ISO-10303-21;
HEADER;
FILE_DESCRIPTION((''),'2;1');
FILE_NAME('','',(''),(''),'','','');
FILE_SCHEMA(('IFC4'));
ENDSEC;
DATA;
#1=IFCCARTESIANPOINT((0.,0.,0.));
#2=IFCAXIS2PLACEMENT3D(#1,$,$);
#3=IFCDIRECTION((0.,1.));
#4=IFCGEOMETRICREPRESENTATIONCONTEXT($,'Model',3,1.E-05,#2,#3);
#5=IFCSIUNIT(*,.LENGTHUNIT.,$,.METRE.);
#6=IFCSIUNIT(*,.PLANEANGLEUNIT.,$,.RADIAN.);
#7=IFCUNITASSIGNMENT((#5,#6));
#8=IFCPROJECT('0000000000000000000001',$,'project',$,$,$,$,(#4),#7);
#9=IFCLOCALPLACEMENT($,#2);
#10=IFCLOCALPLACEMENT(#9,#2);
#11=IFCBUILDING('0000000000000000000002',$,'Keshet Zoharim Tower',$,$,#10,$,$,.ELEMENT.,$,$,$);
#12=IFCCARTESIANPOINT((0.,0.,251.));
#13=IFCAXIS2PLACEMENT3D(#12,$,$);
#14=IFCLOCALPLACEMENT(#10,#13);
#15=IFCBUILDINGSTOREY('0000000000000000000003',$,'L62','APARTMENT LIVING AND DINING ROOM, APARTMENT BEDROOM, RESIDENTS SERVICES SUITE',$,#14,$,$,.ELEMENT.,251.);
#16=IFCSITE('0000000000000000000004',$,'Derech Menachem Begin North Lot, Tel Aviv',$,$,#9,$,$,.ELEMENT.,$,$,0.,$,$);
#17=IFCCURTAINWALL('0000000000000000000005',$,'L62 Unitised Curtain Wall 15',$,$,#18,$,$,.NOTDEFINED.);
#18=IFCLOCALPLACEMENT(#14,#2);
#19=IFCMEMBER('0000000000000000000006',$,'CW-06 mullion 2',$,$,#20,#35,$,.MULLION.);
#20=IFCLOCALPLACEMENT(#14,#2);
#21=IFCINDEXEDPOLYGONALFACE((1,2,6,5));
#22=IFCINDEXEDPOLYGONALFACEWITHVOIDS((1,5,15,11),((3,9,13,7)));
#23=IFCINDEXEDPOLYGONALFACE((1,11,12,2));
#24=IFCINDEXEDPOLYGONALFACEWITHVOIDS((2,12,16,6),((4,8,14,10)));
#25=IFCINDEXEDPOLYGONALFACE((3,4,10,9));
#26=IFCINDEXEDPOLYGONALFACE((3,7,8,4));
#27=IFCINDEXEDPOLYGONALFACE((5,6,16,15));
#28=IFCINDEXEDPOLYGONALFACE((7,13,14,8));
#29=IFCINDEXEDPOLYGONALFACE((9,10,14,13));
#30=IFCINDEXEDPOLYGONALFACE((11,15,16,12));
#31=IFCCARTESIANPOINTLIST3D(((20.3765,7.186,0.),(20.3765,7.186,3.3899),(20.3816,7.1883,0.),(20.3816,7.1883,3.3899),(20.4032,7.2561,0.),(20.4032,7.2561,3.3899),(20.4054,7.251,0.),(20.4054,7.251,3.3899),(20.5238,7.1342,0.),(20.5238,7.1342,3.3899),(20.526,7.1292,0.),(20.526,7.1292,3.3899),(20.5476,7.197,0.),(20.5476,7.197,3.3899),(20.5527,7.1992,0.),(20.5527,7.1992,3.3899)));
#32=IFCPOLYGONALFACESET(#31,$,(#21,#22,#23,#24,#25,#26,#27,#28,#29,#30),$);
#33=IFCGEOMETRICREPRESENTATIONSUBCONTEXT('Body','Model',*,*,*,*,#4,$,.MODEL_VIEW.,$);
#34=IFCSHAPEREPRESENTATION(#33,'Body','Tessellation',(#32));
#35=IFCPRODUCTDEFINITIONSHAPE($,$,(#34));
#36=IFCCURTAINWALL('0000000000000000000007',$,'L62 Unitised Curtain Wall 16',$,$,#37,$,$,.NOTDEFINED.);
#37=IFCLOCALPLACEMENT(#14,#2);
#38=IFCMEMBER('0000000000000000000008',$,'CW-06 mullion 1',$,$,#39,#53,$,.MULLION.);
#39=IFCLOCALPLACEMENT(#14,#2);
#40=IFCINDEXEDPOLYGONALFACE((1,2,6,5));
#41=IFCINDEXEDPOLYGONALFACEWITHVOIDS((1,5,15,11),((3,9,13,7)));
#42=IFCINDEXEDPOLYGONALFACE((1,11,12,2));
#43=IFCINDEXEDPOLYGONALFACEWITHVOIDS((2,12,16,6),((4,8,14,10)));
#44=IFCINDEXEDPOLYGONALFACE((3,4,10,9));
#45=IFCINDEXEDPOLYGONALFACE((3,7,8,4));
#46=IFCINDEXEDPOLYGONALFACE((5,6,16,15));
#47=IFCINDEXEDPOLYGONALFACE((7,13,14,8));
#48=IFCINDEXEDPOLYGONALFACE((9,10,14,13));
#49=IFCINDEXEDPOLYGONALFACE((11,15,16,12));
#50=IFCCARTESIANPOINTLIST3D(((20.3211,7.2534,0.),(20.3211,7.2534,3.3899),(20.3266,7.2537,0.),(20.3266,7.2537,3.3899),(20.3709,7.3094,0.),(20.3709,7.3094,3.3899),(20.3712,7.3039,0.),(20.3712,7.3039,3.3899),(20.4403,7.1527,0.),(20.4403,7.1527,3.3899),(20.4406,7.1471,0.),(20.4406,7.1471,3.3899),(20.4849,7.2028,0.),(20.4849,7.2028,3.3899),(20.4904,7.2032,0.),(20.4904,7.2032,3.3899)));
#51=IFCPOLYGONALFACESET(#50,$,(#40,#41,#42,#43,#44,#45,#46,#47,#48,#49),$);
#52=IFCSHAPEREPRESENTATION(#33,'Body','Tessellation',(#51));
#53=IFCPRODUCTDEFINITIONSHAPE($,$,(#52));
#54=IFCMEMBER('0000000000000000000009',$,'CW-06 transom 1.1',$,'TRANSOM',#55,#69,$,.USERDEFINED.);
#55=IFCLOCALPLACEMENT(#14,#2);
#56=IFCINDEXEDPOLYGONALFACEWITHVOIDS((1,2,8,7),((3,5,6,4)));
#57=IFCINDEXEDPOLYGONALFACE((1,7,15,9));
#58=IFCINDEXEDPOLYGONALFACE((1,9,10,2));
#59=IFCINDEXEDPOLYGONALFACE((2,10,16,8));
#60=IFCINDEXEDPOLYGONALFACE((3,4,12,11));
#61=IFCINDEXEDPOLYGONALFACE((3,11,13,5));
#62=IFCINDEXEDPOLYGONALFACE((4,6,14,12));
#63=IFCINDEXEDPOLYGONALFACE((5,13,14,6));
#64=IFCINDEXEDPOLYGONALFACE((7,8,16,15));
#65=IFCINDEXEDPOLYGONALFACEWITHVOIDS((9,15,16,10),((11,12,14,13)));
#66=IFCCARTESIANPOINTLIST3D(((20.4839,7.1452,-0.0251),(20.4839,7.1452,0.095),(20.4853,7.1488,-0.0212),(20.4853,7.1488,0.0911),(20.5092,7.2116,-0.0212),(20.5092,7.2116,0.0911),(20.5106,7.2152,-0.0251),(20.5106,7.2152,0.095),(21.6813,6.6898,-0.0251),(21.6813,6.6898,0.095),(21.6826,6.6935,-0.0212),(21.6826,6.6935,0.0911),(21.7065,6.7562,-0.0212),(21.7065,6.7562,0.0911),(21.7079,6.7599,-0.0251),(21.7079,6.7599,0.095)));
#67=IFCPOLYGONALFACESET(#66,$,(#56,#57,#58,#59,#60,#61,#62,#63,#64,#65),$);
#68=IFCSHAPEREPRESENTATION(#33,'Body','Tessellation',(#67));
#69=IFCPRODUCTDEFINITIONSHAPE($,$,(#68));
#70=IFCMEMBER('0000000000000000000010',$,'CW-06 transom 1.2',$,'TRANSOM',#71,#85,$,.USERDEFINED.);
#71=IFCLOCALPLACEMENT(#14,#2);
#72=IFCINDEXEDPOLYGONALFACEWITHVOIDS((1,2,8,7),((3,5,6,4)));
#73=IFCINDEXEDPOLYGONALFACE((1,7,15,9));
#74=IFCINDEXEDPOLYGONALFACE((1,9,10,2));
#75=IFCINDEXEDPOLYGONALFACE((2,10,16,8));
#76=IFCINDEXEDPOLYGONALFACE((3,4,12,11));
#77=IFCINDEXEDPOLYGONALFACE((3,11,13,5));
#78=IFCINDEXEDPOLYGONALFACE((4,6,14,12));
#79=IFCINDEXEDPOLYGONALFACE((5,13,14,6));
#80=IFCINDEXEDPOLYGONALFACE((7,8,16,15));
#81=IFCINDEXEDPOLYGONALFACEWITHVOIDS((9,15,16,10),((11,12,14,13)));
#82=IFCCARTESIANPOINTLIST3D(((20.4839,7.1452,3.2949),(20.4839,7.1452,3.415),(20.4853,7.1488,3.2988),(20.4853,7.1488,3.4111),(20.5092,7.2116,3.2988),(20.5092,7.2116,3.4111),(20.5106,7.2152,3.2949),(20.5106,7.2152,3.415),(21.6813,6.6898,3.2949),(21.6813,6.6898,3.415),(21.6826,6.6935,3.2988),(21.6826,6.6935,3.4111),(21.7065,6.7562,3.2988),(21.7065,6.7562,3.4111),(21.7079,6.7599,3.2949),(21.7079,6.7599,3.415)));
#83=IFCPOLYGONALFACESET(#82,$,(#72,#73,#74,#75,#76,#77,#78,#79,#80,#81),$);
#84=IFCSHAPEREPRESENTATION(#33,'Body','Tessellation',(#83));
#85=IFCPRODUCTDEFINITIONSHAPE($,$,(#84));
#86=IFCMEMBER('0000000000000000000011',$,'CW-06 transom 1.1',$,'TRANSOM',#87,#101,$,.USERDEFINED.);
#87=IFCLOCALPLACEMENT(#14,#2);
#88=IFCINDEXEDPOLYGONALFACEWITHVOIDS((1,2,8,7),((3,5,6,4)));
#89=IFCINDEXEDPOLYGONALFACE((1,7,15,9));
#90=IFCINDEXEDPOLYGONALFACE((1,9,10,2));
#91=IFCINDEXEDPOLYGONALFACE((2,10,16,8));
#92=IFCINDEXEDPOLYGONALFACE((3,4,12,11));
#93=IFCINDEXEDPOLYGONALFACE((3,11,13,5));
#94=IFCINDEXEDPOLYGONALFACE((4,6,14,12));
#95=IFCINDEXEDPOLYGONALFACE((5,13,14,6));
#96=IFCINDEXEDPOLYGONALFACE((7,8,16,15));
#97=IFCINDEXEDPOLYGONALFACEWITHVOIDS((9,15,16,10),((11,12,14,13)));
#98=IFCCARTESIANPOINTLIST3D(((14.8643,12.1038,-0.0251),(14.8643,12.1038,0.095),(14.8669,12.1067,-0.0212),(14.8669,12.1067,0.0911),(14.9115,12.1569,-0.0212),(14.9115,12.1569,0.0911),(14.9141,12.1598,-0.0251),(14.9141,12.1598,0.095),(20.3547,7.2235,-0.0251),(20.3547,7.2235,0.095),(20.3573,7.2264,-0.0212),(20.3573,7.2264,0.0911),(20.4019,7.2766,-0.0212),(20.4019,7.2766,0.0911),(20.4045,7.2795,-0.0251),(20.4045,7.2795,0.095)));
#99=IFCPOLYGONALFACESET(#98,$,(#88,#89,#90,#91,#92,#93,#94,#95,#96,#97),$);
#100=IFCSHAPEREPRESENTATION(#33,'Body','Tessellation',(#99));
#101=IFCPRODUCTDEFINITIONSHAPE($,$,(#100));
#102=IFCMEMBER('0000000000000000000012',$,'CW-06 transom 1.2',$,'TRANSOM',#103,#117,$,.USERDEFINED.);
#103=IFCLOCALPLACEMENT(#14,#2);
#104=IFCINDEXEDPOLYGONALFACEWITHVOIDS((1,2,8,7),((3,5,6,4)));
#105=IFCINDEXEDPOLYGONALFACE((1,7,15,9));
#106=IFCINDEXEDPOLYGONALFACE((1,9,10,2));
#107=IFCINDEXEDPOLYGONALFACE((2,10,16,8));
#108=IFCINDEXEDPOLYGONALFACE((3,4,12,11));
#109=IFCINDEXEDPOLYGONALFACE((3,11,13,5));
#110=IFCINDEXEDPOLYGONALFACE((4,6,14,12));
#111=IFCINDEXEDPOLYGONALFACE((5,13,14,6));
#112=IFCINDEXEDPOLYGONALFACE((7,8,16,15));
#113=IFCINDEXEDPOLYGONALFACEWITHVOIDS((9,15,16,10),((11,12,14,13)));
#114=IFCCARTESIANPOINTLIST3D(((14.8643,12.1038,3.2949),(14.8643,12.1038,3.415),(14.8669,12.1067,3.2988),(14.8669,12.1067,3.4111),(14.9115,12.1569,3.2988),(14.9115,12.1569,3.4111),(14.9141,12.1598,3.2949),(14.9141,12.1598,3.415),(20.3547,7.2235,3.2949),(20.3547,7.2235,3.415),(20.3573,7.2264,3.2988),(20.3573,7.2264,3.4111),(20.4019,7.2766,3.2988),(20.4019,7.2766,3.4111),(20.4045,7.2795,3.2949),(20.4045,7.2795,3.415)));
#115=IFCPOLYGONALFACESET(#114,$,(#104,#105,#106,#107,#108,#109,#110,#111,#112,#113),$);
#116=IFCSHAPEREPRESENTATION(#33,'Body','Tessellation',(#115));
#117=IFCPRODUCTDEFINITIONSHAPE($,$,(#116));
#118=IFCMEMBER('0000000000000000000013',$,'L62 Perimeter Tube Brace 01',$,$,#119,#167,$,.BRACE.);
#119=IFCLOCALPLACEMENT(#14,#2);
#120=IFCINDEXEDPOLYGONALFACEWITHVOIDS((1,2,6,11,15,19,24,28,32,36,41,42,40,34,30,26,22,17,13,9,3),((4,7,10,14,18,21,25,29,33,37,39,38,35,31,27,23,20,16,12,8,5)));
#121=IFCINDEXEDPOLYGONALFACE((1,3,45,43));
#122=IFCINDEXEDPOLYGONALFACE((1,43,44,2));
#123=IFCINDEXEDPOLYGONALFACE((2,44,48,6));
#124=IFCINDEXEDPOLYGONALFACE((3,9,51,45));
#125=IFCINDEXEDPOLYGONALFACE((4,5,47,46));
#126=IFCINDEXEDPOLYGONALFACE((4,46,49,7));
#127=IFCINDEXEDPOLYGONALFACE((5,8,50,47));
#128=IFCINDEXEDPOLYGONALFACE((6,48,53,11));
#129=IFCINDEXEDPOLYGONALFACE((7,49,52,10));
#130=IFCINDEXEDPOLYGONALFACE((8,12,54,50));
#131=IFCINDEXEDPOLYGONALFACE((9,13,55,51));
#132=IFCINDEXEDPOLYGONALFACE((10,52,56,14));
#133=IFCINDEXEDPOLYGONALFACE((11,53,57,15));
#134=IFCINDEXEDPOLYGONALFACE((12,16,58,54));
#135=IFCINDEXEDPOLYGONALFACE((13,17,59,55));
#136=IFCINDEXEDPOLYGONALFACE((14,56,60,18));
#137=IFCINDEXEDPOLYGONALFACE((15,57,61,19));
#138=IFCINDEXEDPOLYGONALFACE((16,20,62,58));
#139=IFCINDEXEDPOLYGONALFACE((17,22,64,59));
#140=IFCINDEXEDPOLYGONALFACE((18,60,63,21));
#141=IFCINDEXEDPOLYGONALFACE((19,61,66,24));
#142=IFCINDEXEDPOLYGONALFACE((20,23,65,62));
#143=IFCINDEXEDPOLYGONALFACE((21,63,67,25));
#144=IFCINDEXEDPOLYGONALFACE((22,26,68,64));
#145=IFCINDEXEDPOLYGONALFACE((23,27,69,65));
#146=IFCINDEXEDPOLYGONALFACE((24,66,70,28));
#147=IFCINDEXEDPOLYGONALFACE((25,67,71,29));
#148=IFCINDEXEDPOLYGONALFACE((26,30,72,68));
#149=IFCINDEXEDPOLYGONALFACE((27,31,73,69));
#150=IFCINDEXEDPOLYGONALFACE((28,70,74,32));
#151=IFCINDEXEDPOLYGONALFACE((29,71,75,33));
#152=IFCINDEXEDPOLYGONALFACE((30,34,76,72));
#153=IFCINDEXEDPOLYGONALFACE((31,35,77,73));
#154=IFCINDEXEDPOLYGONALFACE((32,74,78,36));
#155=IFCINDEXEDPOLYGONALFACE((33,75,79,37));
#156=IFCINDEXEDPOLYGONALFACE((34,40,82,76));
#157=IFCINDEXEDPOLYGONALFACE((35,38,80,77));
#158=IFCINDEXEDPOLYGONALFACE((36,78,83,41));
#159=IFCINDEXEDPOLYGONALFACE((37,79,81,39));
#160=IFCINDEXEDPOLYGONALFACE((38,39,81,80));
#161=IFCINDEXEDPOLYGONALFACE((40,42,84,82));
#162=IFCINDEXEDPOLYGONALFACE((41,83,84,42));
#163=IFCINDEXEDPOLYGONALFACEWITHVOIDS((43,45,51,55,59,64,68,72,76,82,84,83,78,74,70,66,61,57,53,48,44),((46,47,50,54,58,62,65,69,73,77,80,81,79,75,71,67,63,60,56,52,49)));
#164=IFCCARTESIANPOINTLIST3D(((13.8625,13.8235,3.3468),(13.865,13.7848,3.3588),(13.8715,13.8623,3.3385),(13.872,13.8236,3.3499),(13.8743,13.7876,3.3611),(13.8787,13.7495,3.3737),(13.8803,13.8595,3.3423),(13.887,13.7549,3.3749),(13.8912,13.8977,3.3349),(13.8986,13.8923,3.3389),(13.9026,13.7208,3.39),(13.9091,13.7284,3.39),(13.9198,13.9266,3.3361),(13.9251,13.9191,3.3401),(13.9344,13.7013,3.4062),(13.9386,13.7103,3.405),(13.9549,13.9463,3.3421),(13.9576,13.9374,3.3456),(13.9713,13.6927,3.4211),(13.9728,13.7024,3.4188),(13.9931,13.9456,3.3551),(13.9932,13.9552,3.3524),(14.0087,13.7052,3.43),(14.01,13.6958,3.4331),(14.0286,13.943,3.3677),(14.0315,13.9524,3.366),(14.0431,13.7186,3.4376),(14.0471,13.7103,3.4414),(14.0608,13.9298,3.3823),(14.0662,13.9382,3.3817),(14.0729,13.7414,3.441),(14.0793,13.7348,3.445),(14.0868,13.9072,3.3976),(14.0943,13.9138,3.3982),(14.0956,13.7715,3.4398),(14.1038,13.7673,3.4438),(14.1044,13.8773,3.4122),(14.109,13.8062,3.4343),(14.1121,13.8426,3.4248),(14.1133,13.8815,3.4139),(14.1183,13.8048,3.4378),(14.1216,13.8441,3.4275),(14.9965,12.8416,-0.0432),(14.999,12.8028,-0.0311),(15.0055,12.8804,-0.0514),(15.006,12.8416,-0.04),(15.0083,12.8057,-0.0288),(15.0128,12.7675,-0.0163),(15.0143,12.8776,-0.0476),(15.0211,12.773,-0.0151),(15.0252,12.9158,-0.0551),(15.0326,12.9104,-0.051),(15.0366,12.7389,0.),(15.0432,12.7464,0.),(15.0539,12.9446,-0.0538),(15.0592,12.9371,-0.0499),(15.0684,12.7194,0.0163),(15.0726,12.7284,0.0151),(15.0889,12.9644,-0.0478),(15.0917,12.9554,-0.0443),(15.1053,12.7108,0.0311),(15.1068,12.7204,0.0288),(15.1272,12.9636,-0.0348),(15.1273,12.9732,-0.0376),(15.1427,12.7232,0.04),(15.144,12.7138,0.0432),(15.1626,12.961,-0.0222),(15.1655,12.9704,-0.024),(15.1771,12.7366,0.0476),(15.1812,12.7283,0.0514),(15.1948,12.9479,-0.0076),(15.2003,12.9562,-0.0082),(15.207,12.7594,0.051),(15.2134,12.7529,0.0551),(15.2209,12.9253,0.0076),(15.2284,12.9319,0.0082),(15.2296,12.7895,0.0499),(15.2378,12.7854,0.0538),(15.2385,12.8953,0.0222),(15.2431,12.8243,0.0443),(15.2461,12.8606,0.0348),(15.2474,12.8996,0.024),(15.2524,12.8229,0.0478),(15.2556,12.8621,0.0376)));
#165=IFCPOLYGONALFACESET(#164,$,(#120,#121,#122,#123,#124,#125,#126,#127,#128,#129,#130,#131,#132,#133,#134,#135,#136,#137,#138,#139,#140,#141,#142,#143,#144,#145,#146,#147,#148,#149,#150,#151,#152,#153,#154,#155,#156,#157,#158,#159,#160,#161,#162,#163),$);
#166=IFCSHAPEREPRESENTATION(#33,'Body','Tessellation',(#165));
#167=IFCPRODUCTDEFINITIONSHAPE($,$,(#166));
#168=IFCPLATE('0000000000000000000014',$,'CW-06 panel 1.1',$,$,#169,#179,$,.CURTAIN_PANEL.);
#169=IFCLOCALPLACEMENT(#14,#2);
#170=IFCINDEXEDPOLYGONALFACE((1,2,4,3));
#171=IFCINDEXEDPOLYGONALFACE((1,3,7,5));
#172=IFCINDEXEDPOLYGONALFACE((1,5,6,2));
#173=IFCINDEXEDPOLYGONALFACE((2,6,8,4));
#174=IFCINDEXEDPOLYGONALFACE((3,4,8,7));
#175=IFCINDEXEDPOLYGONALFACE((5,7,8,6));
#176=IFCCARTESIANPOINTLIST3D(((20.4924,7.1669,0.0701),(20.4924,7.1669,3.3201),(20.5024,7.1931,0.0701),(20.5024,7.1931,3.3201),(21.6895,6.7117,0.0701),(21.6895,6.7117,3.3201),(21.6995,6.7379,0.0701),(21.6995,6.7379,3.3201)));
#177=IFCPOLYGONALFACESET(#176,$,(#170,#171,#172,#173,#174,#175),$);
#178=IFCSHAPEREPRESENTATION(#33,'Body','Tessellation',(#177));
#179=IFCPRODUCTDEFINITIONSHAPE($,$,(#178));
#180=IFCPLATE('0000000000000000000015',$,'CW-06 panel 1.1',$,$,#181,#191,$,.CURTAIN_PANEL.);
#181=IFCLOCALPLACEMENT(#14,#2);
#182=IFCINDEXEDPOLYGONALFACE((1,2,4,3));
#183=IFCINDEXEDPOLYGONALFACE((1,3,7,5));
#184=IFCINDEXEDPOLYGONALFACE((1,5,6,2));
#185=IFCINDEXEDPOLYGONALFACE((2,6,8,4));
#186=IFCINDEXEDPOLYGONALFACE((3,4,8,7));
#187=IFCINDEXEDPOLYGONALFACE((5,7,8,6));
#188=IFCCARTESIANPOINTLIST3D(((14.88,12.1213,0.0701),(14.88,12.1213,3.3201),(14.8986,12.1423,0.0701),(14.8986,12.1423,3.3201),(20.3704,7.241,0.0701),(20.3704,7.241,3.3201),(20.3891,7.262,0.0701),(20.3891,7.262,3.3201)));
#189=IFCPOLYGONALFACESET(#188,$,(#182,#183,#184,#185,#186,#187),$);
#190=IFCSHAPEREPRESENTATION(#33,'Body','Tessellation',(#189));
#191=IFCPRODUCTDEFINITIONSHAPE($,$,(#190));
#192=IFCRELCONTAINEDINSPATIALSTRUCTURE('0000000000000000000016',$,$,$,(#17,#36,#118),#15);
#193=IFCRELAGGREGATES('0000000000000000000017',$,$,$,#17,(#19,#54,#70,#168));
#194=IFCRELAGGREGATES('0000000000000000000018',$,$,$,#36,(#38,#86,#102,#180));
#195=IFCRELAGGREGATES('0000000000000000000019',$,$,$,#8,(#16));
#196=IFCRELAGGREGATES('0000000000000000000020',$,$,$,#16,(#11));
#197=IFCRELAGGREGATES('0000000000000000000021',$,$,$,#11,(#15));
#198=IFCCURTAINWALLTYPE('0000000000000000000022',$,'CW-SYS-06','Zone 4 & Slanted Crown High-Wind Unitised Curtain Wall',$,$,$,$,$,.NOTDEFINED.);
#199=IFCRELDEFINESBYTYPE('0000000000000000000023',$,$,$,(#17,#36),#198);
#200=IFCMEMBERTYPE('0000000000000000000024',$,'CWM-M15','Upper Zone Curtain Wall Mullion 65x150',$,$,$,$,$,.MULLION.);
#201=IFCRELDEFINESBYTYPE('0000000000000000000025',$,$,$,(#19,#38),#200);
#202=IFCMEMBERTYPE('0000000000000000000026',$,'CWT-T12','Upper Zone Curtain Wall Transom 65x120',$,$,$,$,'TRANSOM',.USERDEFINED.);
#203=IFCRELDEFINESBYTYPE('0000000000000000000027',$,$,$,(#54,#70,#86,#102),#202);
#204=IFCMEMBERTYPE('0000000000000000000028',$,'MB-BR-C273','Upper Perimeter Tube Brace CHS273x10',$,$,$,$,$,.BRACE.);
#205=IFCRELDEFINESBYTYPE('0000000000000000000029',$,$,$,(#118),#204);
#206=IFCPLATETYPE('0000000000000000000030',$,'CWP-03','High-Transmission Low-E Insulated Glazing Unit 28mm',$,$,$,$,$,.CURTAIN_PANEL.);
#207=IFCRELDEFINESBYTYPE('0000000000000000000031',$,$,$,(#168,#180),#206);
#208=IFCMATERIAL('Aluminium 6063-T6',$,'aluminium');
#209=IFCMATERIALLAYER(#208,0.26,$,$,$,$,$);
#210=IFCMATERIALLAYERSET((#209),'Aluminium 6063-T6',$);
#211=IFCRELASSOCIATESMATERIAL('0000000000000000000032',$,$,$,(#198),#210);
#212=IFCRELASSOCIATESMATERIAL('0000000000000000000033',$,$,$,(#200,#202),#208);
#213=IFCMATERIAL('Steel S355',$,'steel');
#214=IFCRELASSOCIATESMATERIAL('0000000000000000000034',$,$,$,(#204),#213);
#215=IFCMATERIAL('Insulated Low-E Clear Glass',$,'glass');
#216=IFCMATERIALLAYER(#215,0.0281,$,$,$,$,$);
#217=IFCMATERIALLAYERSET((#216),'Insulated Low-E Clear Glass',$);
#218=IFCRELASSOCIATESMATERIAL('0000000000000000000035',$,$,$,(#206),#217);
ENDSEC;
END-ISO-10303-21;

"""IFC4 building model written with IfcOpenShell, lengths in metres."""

from ifc_helpers import new_model, si_unit, direction, frame, origin, origin_2d, place, context, subcontext, project, spatial, rectangle, hollow_rectangle, hollow_circle, extrude, material, layer, layer_set, material_profile, profile_set, type_object, element, aggregate, save


model = new_model("IFC4")

# Units and contexts
model_context = context("Model", 3, precision=1e-05, world=origin(), true_north=direction((0.0, 1.0)))
body_context = subcontext(model_context, "Body", "Model", "MODEL_VIEW")
ifc_project = project(units=[si_unit("LENGTHUNIT", "METRE"), si_unit("PLANEANGLEUNIT", "RADIAN")], contexts=[model_context])

# Site, building, storey
site_placement = place(None, origin())
site = spatial("IfcSite", under=ifc_project, at=site_placement, Name="Derech Menachem Begin North Lot, Tel Aviv", CompositionType="ELEMENT", RefElevation=0.0)
building_placement = place(site_placement, origin())
building = spatial("IfcBuilding", under=site, at=building_placement, Name="Keshet Zoharim Tower", CompositionType="ELEMENT")
storey_placement = place(building_placement, frame((0.0, 0.0, 251.0)))
storey = spatial("IfcBuildingStorey", under=building, at=storey_placement, Name="L62", Description="APARTMENT LIVING AND DINING ROOM, APARTMENT BEDROOM, RESIDENTS SERVICES SUITE", CompositionType="ELEMENT", Elevation=251.0)

# Shared definitions
ifc_material_1 = material(Name="Steel S355", Category="steel")

# Shared definitions
ifc_material_2 = material(Name="Aluminium 6063-T6", Category="aluminium")
ifc_layer_1 = layer(ifc_material_2, 0.26)
ifc_layer_set_1 = layer_set([ifc_layer_1], Name="Aluminium 6063-T6")
curtain_wall_type = type_object("IfcCurtainWallType", Name="CW-SYS-06", Description="Zone 4 & Slanted Crown High-Wind Unitised Curtain Wall", PredefinedType="NOTDEFINED", material=ifc_layer_set_1)
ifc_material_profile_1 = material_profile(ifc_material_2, hollow_rectangle(XDim=0.075, YDim=0.1599, WallThickness=0.0039, at=origin_2d()), Name="MUL-75x160")
ifc_profile_set_1 = profile_set([ifc_material_profile_1], Name="Aluminium 6063-T6")
member_type_1 = type_object("IfcMemberType", Name="CWM-M15", Description="Upper Zone Curtain Wall Mullion 65x150", PredefinedType="MULLION", material=ifc_profile_set_1)

# Curtain wall, member
curtain_wall_1_placement = place(storey_placement, origin())
curtain_wall_1 = element("IfcCurtainWall", 1, at=curtain_wall_1_placement, inside=storey, type_object=curtain_wall_type, Name="L62 Unitised Curtain Wall 15", PredefinedType="NOTDEFINED")
member_1_placement = place(storey_placement, frame((20.4646, 7.1926, 0.0), z_axis=(0.0, 0.0, 1.0), x_axis=(-0.355439, -0.934699, 0.0)))
member_1 = element("IfcMember", 2, at=member_1_placement, type_object=member_type_1, Name="CW-06 mullion 2", PredefinedType="MULLION", context=body_context, shape_type="SweptSolid", body=[
    extrude(hollow_rectangle(XDim=0.075, YDim=0.1599, WallThickness=0.0039, at=origin_2d()), origin(), (0.0, 0.0, 1.0), 3.3899),
])

# Curtain wall, member
curtain_wall_2_placement = place(storey_placement, origin())
curtain_wall_2 = element("IfcCurtainWall", 3, at=curtain_wall_2_placement, inside=storey, type_object=curtain_wall_type, Name="L62 Unitised Curtain Wall 16", PredefinedType="NOTDEFINED")
member_2_placement = place(storey_placement, frame((20.4058, 7.2283, 0.0), z_axis=(0.0, 0.0, 1.0), x_axis=(-0.664362, -0.747411, 0.0)))
member_2 = element("IfcMember", 4, at=member_2_placement, type_object=member_type_1, Name="CW-06 mullion 1", PredefinedType="MULLION", context=body_context, shape_type="SweptSolid", body=[
    extrude(hollow_rectangle(XDim=0.075, YDim=0.1599, WallThickness=0.0039, at=origin_2d()), origin(), (0.0, 0.0, 1.0), 3.3899),
])

# Members
ifc_material_profile_2 = material_profile(ifc_material_2, hollow_rectangle(XDim=0.075, YDim=0.1201, WallThickness=0.0039, at=origin_2d()), Name="TRN-75x120")
ifc_profile_set_2 = profile_set([ifc_material_profile_2], Name="Aluminium 6063-T6")
member_type_2 = type_object("IfcMemberType", Name="CWT-T12", Description="Upper Zone Curtain Wall Transom 65x120", ElementType="TRANSOM", PredefinedType="USERDEFINED", material=ifc_profile_set_2)
member_3_placement = place(storey_placement, frame((21.6946, 6.7249, 0.0349), z_axis=(-0.93469, 0.355464, 0.0), x_axis=(-0.355464, -0.93469, 0.0)))
member_3 = element("IfcMember", 5, at=member_3_placement, type_object=member_type_2, Name="CW-06 transom 1.1", ObjectType="TRANSOM", PredefinedType="USERDEFINED", context=body_context, shape_type="SweptSolid", body=[
    extrude(hollow_rectangle(XDim=0.075, YDim=0.1201, WallThickness=0.0039, at=origin_2d()), origin(), (0.0, 0.0, 1.0), 1.281),
])
member_4_placement = place(storey_placement, frame((21.6946, 6.7249, 3.355), z_axis=(-0.93469, 0.355464, 0.0), x_axis=(-0.355464, -0.93469, 0.0)))
member_4 = element("IfcMember", 6, at=member_4_placement, type_object=member_type_2, Name="CW-06 transom 1.2", ObjectType="TRANSOM", PredefinedType="USERDEFINED", context=body_context, shape_type="SweptSolid", body=[
    extrude(hollow_rectangle(XDim=0.075, YDim=0.1201, WallThickness=0.0039, at=origin_2d()), origin(), (0.0, 0.0, 1.0), 1.281),
])
member_5_placement = place(storey_placement, frame((20.3796, 7.2515, 0.0349), z_axis=(-0.747413, 0.66436, 0.0), x_axis=(-0.66436, -0.747413, 0.0)))
member_5 = element("IfcMember", 7, at=member_5_placement, type_object=member_type_2, Name="CW-06 transom 1.1", ObjectType="TRANSOM", PredefinedType="USERDEFINED", context=body_context, shape_type="SweptSolid", body=[
    extrude(hollow_rectangle(XDim=0.075, YDim=0.1201, WallThickness=0.0039, at=origin_2d()), origin(), (0.0, 0.0, 1.0), 7.3459),
])
member_6_placement = place(storey_placement, frame((20.3796, 7.2515, 3.355), z_axis=(-0.747413, 0.66436, 0.0), x_axis=(-0.66436, -0.747413, 0.0)))
member_6 = element("IfcMember", 8, at=member_6_placement, type_object=member_type_2, Name="CW-06 transom 1.2", ObjectType="TRANSOM", PredefinedType="USERDEFINED", context=body_context, shape_type="SweptSolid", body=[
    extrude(hollow_rectangle(XDim=0.075, YDim=0.1201, WallThickness=0.0039, at=origin_2d()), origin(), (0.0, 0.0, 1.0), 7.3459),
])
ifc_material_profile_3 = material_profile(ifc_material_1, hollow_circle(Radius=0.1365, WallThickness=0.01, at=origin_2d()), Name="CHS273x10")
ifc_profile_set_3 = profile_set([ifc_material_profile_3], Name="Steel S355")
member_type_3 = type_object("IfcMemberType", Name="MB-BR-C273", Description="Upper Perimeter Tube Brace CHS273x10", PredefinedType="BRACE", material=ifc_profile_set_3)
member_7_placement = place(storey_placement, frame((15.126, 12.842, 0.0), z_axis=(-0.30592, 0.264889, 0.914466), x_axis=(-0.65459, -0.755984, 0.0)))
element("IfcMember", 9, at=member_7_placement, inside=storey, type_object=member_type_3, Name="L62 Perimeter Tube Brace 01", PredefinedType="BRACE", context=body_context, shape_type="SweptSolid", body=[
    extrude(hollow_circle(Radius=0.1365, WallThickness=0.01, at=origin_2d()), origin(), (0.0, 0.0, 1.0), 3.707),
])

# Plates
ifc_material_3 = material(Name="Insulated Low-E Clear Glass", Category="glass")
ifc_layer_2 = layer(ifc_material_3, 0.0281)
ifc_layer_set_2 = layer_set([ifc_layer_2], Name="Insulated Low-E Clear Glass")
plate_type = type_object("IfcPlateType", Name="CWP-03", Description="High-Transmission Low-E Insulated Glazing Unit 28mm", PredefinedType="CURTAIN_PANEL", material=ifc_layer_set_2)
plate_1_placement = place(storey_placement, frame((21.0959, 6.9524, 0.0701), z_axis=(0.0, 0.0, 1.0), x_axis=(-0.934699, 0.355439, 0.0)))
plate_1 = element("IfcPlate", 10, at=plate_1_placement, type_object=plate_type, Name="CW-06 panel 1.1", PredefinedType="CURTAIN_PANEL", context=body_context, shape_type="SweptSolid", body=[
    extrude(rectangle(XDim=1.2808, YDim=0.0281, at=origin_2d()), origin(), (0.0, 0.0, 1.0), 3.25),
])
aggregate(curtain_wall_1, [member_1, member_3, member_4, plate_1])
plate_2_placement = place(storey_placement, frame((17.6345, 9.6917, 0.0701), z_axis=(0.0, 0.0, 1.0), x_axis=(-0.747411, 0.664362, 0.0)))
plate_2 = element("IfcPlate", 11, at=plate_2_placement, type_object=plate_type, Name="CW-06 panel 1.1", PredefinedType="CURTAIN_PANEL", context=body_context, shape_type="SweptSolid", body=[
    extrude(rectangle(XDim=7.3459, YDim=0.0281, at=origin_2d()), origin(), (0.0, 0.0, 1.0), 3.25),
])
aggregate(curtain_wall_2, [member_2, member_5, member_6, plate_2])

save(model, "model.ifc")
